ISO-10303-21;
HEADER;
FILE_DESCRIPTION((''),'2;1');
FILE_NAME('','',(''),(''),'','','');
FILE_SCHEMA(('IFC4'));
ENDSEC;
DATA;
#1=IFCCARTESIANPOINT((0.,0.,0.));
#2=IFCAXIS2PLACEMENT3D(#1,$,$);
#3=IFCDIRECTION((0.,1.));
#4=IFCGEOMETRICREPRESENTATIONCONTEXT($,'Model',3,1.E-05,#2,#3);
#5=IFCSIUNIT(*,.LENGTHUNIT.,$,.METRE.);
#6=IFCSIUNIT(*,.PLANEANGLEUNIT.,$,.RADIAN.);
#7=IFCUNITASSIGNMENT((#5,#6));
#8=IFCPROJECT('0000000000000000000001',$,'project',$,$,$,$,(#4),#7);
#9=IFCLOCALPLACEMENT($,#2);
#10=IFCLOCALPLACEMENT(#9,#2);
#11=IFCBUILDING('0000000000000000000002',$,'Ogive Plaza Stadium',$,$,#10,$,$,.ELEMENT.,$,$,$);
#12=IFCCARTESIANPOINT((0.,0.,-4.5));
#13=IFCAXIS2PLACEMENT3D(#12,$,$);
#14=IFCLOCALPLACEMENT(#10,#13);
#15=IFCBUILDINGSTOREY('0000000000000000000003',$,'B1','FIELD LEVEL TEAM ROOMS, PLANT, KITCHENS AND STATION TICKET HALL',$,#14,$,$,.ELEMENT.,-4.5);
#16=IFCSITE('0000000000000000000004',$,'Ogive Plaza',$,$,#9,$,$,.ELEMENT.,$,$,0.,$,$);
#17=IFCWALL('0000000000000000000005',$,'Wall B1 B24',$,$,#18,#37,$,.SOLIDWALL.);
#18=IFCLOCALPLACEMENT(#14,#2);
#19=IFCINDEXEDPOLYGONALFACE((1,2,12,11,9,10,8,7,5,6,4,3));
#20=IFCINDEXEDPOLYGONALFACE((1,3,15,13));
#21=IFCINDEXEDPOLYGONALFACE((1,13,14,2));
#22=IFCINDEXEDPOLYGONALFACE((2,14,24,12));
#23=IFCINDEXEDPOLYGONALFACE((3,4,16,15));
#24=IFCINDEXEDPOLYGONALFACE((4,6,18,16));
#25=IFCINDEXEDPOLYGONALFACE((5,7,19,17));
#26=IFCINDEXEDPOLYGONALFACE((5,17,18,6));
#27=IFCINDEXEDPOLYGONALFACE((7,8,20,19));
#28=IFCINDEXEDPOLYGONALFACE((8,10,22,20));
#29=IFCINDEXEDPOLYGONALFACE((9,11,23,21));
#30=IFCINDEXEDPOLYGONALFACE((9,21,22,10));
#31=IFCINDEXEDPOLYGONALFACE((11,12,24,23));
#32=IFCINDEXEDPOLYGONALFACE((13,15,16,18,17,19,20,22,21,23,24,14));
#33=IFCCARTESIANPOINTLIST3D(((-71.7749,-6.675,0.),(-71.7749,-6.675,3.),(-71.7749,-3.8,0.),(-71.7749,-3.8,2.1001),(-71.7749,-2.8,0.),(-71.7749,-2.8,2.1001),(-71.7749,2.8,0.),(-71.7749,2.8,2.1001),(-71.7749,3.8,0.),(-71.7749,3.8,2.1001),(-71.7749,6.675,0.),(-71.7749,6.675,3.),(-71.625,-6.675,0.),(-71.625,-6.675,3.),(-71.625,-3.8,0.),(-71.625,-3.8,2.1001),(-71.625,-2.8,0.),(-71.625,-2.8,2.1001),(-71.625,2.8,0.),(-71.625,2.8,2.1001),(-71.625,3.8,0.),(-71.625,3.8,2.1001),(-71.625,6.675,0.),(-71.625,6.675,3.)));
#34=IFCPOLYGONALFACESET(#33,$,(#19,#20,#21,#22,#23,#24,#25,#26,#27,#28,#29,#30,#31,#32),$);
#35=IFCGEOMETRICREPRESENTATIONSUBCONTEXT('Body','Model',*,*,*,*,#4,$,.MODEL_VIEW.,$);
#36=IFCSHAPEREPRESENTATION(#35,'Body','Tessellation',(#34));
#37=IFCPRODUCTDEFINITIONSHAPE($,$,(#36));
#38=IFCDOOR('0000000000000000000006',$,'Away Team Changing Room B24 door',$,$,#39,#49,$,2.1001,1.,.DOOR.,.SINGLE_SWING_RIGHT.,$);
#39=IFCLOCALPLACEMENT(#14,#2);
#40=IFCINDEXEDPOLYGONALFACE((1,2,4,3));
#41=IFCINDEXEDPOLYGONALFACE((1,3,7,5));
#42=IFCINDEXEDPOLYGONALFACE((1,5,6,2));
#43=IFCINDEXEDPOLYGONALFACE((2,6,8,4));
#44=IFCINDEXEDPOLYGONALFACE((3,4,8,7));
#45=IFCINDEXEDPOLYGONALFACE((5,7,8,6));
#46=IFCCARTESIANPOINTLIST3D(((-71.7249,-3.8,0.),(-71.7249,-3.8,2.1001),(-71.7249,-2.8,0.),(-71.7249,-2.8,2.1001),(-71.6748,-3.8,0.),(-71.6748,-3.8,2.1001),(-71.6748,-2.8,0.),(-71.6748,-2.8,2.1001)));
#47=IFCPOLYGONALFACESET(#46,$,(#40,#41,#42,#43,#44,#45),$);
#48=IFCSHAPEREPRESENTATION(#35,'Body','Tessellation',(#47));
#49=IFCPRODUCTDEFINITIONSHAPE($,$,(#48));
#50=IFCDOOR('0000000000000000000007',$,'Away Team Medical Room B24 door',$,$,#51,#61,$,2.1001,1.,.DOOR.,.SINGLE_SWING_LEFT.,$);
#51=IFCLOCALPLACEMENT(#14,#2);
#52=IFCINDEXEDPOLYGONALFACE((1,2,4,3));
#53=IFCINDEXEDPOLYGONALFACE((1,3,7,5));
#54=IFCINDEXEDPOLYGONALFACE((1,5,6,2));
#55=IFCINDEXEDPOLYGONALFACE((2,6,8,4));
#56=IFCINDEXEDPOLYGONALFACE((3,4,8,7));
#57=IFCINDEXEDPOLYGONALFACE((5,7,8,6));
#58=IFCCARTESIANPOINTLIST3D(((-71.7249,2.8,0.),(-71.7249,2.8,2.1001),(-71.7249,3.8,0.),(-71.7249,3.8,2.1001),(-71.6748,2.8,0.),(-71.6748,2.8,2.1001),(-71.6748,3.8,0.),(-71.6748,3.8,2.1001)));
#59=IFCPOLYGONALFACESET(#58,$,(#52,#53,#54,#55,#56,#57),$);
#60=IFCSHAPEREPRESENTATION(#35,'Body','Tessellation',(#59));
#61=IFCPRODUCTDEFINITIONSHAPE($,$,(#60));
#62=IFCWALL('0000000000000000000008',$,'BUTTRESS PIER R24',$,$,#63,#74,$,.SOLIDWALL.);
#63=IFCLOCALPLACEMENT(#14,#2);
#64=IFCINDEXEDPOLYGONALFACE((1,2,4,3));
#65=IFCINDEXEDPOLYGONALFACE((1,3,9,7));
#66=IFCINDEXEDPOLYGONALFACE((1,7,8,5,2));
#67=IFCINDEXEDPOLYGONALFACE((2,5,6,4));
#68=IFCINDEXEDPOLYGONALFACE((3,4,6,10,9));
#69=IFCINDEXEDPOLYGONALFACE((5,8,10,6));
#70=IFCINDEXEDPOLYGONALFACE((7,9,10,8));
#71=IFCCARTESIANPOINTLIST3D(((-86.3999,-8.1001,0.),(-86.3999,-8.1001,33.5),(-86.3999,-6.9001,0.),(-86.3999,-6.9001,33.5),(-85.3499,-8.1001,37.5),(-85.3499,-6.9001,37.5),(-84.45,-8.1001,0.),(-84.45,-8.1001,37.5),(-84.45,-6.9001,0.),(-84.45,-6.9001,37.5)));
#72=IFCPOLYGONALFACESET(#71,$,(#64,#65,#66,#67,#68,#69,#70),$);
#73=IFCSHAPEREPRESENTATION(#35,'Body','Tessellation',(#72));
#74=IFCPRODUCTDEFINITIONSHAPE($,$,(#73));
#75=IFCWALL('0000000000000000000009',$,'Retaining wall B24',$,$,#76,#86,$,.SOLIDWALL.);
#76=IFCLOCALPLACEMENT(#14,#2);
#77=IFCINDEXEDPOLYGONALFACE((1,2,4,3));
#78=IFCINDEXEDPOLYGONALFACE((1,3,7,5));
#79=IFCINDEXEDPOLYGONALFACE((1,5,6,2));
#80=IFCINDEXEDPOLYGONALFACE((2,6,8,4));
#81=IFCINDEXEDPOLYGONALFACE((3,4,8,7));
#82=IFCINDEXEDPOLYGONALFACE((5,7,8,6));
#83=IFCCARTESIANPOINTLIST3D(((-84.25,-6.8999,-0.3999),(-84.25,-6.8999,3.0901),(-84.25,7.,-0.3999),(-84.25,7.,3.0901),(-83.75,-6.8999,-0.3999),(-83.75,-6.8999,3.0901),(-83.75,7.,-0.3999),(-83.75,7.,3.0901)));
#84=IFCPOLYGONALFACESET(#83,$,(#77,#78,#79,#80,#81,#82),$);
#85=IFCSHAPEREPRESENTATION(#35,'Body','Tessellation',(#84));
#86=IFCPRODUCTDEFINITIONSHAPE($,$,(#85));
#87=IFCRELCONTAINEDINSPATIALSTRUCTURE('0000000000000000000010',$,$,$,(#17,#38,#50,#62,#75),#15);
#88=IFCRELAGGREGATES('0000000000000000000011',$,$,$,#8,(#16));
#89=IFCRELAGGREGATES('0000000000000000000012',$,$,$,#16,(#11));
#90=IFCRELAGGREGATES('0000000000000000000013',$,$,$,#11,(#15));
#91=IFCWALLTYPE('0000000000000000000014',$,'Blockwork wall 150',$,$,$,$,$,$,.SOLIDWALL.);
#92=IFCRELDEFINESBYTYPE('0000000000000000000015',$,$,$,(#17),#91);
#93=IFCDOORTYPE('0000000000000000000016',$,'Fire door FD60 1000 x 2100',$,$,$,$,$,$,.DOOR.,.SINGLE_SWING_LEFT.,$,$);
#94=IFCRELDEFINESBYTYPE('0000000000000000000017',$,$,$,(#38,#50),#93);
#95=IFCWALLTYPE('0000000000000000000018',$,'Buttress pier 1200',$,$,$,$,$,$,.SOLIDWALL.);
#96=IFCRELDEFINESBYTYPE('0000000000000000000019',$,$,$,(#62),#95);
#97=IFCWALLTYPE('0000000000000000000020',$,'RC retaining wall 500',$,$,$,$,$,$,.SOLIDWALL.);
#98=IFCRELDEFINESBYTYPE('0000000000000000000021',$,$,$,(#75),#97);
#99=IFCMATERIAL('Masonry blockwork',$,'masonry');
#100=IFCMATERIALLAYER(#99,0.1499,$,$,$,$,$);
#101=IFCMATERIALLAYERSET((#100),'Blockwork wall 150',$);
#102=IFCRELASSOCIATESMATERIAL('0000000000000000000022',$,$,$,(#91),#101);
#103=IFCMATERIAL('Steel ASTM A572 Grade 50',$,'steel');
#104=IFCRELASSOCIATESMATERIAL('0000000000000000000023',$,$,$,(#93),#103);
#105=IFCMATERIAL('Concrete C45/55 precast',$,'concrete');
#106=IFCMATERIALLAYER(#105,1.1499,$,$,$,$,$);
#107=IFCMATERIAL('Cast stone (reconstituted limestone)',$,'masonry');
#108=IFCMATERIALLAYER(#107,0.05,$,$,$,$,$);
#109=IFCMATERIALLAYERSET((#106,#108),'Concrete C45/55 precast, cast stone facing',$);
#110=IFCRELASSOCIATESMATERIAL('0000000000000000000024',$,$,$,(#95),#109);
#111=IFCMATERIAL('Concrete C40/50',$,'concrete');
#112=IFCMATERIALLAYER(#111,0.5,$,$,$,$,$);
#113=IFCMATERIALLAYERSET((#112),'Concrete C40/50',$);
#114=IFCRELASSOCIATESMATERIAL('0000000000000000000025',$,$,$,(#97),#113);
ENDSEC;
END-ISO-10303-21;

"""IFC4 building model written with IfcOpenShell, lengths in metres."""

from ifc_helpers import new_model, si_unit, direction, frame, frame_2d, origin, place, context, subcontext, project, spatial, polyline, rectangle, outline, extrude, material, layer, layer_set, type_object, element, fill, save


model = new_model("IFC4")

# Units and contexts
model_context = context("Model", 3, precision=1e-05, world=origin(), true_north=direction((0.0, 1.0)))
body_context = subcontext(model_context, "Body", "Model", "MODEL_VIEW")
ifc_project = project(units=[si_unit("LENGTHUNIT", "METRE"), si_unit("PLANEANGLEUNIT", "RADIAN")], contexts=[model_context])

# Site, building, storey
site_placement = place(None, origin())
site = spatial("IfcSite", under=ifc_project, at=site_placement, Name="Ogive Plaza", CompositionType="ELEMENT", RefElevation=0.0)
building_placement = place(site_placement, origin())
building = spatial("IfcBuilding", under=site, at=building_placement, Name="Ogive Plaza Stadium", CompositionType="ELEMENT")
storey_placement = place(building_placement, frame((0.0, 0.0, -4.5)))
storey = spatial("IfcBuildingStorey", under=building, at=storey_placement, Name="B1", Description="FIELD LEVEL TEAM ROOMS, PLANT, KITCHENS AND STATION TICKET HALL", CompositionType="ELEMENT", Elevation=-4.5)

# Wall, openings, doors
ifc_material_1 = material(Name="Masonry blockwork", Category="masonry")
ifc_layer_1 = layer(ifc_material_1, 0.1499)
ifc_layer_set_1 = layer_set([ifc_layer_1], Name="Blockwork wall 150")
wall_type_1 = type_object("IfcWallType", Name="Blockwork wall 150", PredefinedType="SOLIDWALL", material=ifc_layer_set_1)
ifc_material_2 = material(Name="Steel ASTM A572 Grade 50", Category="steel")
door_type = type_object("IfcDoorType", Name="Fire door FD60 1000 x 2100", OperationType="SINGLE_SWING_LEFT", PredefinedType="DOOR", material=ifc_material_2)
wall_1_placement = place(storey_placement, frame((-71.7, -6.675, 0.0), z_axis=(0.0, 0.0, 1.0), x_axis=(0.0, 1.0, 0.0)))
wall_1 = element("IfcWall", 1, at=wall_1_placement, inside=storey, type_object=wall_type_1, Name="Wall B1 B24", PredefinedType="SOLIDWALL", context=body_context, shape_type="SweptSolid", body=[
    extrude(rectangle(XDim=13.3501, YDim=0.1499, at=frame_2d((6.675, 0.0))), origin(), (0.0, 0.0, 1.0), 3.0),
])
opening_1_placement = place(wall_1_placement, frame((2.875, 0.0, 0.0)))
opening_1 = element("IfcOpeningElement", 2, at=opening_1_placement, cuts=wall_1, PredefinedType="OPENING", context=body_context, shape_type="SweptSolid", body=[
    extrude(rectangle(XDim=1.0, YDim=2.1001, at=frame_2d((0.5, 1.05))), frame((0.0, 0.075, 0.0), z_axis=(0.0, -1.0, 0.0), x_axis=(1.0, 0.0, 0.0)), (0.0, 0.0, 1.0), 0.1499),
])
opening_2_placement = place(wall_1_placement, frame((9.4751, 0.0, 0.0)))
opening_2 = element("IfcOpeningElement", 3, at=opening_2_placement, cuts=wall_1, PredefinedType="OPENING", context=body_context, shape_type="SweptSolid", body=[
    extrude(rectangle(XDim=1.0, YDim=2.1001, at=frame_2d((0.5, 1.05))), frame((0.0, 0.075, 0.0), z_axis=(0.0, -1.0, 0.0), x_axis=(1.0, 0.0, 0.0)), (0.0, 0.0, 1.0), 0.1499),
])
door_1_placement = place(opening_1_placement, origin())
door_1 = element("IfcDoor", 4, at=door_1_placement, inside=storey, type_object=door_type, Name="Away Team Changing Room B24 door", OperationType="SINGLE_SWING_RIGHT", OverallHeight=2.1001, OverallWidth=1.0, PredefinedType="DOOR", context=body_context, shape_type="SweptSolid", body=[
    extrude(rectangle(XDim=1.0, YDim=2.1001, at=frame_2d((0.5, 1.05))), frame((0.0, 0.0249, 0.0), z_axis=(0.0, -1.0, 0.0), x_axis=(1.0, 0.0, 0.0)), (0.0, 0.0, 1.0), 0.05),
])
fill(opening_1, door_1)
door_2_placement = place(opening_2_placement, origin())
door_2 = element("IfcDoor", 5, at=door_2_placement, inside=storey, type_object=door_type, Name="Away Team Medical Room B24 door", OperationType="SINGLE_SWING_LEFT", OverallHeight=2.1001, OverallWidth=1.0, PredefinedType="DOOR", context=body_context, shape_type="SweptSolid", body=[
    extrude(rectangle(XDim=1.0, YDim=2.1001, at=frame_2d((0.5, 1.05))), frame((0.0, 0.0249, 0.0), z_axis=(0.0, -1.0, 0.0), x_axis=(1.0, 0.0, 0.0)), (0.0, 0.0, 1.0), 0.05),
])
fill(opening_2, door_2)

# Walls
ifc_material_3 = material(Name="Concrete C45/55 precast", Category="concrete")
ifc_layer_2 = layer(ifc_material_3, 1.1499)
ifc_material_4 = material(Name="Cast stone (reconstituted limestone)", Category="masonry")
ifc_layer_3 = layer(ifc_material_4, 0.05)
ifc_layer_set_2 = layer_set([ifc_layer_2, ifc_layer_3], Name="Concrete C45/55 precast, cast stone facing")
wall_type_2 = type_object("IfcWallType", Name="Buttress pier 1200", PredefinedType="SOLIDWALL", material=ifc_layer_set_2)
wall_2_placement = place(storey_placement, frame((-84.45, -7.5, 0.0), z_axis=(0.0, 0.0, 1.0), x_axis=(-1.0, 0.0, 0.0)))
element("IfcWall", 6, at=wall_2_placement, inside=storey, type_object=wall_type_2, Name="BUTTRESS PIER R24", PredefinedType="SOLIDWALL", context=body_context, shape_type="SweptSolid", body=[
    extrude(outline(polyline([(0.0, 0.0), (1.95, 0.0), (1.95, 33.5), (0.8999, 37.5), (0.0, 37.5), (0.0, 0.0)])), frame((0.0, 0.6001, 0.0), z_axis=(0.0, -1.0, 0.0), x_axis=(1.0, 0.0, 0.0)), (0.0, 0.0, 1.0), 1.2),
])
ifc_material_5 = material(Name="Concrete C40/50", Category="concrete")
ifc_layer_4 = layer(ifc_material_5, 0.5)
ifc_layer_set_3 = layer_set([ifc_layer_4], Name="Concrete C40/50")
wall_type_3 = type_object("IfcWallType", Name="RC retaining wall 500", PredefinedType="SOLIDWALL", material=ifc_layer_set_3)
wall_3_placement = place(storey_placement, frame((-84.0, -6.8999, -0.3999), z_axis=(0.0, 0.0, 1.0), x_axis=(0.0, 1.0, 0.0)))
element("IfcWall", 7, at=wall_3_placement, inside=storey, type_object=wall_type_3, Name="Retaining wall B24", PredefinedType="SOLIDWALL", context=body_context, shape_type="SweptSolid", body=[
    extrude(rectangle(XDim=13.8999, YDim=0.5, at=frame_2d((6.95, 0.0))), origin(), (0.0, 0.0, 1.0), 3.49),
])

save(model, "model.ifc")
